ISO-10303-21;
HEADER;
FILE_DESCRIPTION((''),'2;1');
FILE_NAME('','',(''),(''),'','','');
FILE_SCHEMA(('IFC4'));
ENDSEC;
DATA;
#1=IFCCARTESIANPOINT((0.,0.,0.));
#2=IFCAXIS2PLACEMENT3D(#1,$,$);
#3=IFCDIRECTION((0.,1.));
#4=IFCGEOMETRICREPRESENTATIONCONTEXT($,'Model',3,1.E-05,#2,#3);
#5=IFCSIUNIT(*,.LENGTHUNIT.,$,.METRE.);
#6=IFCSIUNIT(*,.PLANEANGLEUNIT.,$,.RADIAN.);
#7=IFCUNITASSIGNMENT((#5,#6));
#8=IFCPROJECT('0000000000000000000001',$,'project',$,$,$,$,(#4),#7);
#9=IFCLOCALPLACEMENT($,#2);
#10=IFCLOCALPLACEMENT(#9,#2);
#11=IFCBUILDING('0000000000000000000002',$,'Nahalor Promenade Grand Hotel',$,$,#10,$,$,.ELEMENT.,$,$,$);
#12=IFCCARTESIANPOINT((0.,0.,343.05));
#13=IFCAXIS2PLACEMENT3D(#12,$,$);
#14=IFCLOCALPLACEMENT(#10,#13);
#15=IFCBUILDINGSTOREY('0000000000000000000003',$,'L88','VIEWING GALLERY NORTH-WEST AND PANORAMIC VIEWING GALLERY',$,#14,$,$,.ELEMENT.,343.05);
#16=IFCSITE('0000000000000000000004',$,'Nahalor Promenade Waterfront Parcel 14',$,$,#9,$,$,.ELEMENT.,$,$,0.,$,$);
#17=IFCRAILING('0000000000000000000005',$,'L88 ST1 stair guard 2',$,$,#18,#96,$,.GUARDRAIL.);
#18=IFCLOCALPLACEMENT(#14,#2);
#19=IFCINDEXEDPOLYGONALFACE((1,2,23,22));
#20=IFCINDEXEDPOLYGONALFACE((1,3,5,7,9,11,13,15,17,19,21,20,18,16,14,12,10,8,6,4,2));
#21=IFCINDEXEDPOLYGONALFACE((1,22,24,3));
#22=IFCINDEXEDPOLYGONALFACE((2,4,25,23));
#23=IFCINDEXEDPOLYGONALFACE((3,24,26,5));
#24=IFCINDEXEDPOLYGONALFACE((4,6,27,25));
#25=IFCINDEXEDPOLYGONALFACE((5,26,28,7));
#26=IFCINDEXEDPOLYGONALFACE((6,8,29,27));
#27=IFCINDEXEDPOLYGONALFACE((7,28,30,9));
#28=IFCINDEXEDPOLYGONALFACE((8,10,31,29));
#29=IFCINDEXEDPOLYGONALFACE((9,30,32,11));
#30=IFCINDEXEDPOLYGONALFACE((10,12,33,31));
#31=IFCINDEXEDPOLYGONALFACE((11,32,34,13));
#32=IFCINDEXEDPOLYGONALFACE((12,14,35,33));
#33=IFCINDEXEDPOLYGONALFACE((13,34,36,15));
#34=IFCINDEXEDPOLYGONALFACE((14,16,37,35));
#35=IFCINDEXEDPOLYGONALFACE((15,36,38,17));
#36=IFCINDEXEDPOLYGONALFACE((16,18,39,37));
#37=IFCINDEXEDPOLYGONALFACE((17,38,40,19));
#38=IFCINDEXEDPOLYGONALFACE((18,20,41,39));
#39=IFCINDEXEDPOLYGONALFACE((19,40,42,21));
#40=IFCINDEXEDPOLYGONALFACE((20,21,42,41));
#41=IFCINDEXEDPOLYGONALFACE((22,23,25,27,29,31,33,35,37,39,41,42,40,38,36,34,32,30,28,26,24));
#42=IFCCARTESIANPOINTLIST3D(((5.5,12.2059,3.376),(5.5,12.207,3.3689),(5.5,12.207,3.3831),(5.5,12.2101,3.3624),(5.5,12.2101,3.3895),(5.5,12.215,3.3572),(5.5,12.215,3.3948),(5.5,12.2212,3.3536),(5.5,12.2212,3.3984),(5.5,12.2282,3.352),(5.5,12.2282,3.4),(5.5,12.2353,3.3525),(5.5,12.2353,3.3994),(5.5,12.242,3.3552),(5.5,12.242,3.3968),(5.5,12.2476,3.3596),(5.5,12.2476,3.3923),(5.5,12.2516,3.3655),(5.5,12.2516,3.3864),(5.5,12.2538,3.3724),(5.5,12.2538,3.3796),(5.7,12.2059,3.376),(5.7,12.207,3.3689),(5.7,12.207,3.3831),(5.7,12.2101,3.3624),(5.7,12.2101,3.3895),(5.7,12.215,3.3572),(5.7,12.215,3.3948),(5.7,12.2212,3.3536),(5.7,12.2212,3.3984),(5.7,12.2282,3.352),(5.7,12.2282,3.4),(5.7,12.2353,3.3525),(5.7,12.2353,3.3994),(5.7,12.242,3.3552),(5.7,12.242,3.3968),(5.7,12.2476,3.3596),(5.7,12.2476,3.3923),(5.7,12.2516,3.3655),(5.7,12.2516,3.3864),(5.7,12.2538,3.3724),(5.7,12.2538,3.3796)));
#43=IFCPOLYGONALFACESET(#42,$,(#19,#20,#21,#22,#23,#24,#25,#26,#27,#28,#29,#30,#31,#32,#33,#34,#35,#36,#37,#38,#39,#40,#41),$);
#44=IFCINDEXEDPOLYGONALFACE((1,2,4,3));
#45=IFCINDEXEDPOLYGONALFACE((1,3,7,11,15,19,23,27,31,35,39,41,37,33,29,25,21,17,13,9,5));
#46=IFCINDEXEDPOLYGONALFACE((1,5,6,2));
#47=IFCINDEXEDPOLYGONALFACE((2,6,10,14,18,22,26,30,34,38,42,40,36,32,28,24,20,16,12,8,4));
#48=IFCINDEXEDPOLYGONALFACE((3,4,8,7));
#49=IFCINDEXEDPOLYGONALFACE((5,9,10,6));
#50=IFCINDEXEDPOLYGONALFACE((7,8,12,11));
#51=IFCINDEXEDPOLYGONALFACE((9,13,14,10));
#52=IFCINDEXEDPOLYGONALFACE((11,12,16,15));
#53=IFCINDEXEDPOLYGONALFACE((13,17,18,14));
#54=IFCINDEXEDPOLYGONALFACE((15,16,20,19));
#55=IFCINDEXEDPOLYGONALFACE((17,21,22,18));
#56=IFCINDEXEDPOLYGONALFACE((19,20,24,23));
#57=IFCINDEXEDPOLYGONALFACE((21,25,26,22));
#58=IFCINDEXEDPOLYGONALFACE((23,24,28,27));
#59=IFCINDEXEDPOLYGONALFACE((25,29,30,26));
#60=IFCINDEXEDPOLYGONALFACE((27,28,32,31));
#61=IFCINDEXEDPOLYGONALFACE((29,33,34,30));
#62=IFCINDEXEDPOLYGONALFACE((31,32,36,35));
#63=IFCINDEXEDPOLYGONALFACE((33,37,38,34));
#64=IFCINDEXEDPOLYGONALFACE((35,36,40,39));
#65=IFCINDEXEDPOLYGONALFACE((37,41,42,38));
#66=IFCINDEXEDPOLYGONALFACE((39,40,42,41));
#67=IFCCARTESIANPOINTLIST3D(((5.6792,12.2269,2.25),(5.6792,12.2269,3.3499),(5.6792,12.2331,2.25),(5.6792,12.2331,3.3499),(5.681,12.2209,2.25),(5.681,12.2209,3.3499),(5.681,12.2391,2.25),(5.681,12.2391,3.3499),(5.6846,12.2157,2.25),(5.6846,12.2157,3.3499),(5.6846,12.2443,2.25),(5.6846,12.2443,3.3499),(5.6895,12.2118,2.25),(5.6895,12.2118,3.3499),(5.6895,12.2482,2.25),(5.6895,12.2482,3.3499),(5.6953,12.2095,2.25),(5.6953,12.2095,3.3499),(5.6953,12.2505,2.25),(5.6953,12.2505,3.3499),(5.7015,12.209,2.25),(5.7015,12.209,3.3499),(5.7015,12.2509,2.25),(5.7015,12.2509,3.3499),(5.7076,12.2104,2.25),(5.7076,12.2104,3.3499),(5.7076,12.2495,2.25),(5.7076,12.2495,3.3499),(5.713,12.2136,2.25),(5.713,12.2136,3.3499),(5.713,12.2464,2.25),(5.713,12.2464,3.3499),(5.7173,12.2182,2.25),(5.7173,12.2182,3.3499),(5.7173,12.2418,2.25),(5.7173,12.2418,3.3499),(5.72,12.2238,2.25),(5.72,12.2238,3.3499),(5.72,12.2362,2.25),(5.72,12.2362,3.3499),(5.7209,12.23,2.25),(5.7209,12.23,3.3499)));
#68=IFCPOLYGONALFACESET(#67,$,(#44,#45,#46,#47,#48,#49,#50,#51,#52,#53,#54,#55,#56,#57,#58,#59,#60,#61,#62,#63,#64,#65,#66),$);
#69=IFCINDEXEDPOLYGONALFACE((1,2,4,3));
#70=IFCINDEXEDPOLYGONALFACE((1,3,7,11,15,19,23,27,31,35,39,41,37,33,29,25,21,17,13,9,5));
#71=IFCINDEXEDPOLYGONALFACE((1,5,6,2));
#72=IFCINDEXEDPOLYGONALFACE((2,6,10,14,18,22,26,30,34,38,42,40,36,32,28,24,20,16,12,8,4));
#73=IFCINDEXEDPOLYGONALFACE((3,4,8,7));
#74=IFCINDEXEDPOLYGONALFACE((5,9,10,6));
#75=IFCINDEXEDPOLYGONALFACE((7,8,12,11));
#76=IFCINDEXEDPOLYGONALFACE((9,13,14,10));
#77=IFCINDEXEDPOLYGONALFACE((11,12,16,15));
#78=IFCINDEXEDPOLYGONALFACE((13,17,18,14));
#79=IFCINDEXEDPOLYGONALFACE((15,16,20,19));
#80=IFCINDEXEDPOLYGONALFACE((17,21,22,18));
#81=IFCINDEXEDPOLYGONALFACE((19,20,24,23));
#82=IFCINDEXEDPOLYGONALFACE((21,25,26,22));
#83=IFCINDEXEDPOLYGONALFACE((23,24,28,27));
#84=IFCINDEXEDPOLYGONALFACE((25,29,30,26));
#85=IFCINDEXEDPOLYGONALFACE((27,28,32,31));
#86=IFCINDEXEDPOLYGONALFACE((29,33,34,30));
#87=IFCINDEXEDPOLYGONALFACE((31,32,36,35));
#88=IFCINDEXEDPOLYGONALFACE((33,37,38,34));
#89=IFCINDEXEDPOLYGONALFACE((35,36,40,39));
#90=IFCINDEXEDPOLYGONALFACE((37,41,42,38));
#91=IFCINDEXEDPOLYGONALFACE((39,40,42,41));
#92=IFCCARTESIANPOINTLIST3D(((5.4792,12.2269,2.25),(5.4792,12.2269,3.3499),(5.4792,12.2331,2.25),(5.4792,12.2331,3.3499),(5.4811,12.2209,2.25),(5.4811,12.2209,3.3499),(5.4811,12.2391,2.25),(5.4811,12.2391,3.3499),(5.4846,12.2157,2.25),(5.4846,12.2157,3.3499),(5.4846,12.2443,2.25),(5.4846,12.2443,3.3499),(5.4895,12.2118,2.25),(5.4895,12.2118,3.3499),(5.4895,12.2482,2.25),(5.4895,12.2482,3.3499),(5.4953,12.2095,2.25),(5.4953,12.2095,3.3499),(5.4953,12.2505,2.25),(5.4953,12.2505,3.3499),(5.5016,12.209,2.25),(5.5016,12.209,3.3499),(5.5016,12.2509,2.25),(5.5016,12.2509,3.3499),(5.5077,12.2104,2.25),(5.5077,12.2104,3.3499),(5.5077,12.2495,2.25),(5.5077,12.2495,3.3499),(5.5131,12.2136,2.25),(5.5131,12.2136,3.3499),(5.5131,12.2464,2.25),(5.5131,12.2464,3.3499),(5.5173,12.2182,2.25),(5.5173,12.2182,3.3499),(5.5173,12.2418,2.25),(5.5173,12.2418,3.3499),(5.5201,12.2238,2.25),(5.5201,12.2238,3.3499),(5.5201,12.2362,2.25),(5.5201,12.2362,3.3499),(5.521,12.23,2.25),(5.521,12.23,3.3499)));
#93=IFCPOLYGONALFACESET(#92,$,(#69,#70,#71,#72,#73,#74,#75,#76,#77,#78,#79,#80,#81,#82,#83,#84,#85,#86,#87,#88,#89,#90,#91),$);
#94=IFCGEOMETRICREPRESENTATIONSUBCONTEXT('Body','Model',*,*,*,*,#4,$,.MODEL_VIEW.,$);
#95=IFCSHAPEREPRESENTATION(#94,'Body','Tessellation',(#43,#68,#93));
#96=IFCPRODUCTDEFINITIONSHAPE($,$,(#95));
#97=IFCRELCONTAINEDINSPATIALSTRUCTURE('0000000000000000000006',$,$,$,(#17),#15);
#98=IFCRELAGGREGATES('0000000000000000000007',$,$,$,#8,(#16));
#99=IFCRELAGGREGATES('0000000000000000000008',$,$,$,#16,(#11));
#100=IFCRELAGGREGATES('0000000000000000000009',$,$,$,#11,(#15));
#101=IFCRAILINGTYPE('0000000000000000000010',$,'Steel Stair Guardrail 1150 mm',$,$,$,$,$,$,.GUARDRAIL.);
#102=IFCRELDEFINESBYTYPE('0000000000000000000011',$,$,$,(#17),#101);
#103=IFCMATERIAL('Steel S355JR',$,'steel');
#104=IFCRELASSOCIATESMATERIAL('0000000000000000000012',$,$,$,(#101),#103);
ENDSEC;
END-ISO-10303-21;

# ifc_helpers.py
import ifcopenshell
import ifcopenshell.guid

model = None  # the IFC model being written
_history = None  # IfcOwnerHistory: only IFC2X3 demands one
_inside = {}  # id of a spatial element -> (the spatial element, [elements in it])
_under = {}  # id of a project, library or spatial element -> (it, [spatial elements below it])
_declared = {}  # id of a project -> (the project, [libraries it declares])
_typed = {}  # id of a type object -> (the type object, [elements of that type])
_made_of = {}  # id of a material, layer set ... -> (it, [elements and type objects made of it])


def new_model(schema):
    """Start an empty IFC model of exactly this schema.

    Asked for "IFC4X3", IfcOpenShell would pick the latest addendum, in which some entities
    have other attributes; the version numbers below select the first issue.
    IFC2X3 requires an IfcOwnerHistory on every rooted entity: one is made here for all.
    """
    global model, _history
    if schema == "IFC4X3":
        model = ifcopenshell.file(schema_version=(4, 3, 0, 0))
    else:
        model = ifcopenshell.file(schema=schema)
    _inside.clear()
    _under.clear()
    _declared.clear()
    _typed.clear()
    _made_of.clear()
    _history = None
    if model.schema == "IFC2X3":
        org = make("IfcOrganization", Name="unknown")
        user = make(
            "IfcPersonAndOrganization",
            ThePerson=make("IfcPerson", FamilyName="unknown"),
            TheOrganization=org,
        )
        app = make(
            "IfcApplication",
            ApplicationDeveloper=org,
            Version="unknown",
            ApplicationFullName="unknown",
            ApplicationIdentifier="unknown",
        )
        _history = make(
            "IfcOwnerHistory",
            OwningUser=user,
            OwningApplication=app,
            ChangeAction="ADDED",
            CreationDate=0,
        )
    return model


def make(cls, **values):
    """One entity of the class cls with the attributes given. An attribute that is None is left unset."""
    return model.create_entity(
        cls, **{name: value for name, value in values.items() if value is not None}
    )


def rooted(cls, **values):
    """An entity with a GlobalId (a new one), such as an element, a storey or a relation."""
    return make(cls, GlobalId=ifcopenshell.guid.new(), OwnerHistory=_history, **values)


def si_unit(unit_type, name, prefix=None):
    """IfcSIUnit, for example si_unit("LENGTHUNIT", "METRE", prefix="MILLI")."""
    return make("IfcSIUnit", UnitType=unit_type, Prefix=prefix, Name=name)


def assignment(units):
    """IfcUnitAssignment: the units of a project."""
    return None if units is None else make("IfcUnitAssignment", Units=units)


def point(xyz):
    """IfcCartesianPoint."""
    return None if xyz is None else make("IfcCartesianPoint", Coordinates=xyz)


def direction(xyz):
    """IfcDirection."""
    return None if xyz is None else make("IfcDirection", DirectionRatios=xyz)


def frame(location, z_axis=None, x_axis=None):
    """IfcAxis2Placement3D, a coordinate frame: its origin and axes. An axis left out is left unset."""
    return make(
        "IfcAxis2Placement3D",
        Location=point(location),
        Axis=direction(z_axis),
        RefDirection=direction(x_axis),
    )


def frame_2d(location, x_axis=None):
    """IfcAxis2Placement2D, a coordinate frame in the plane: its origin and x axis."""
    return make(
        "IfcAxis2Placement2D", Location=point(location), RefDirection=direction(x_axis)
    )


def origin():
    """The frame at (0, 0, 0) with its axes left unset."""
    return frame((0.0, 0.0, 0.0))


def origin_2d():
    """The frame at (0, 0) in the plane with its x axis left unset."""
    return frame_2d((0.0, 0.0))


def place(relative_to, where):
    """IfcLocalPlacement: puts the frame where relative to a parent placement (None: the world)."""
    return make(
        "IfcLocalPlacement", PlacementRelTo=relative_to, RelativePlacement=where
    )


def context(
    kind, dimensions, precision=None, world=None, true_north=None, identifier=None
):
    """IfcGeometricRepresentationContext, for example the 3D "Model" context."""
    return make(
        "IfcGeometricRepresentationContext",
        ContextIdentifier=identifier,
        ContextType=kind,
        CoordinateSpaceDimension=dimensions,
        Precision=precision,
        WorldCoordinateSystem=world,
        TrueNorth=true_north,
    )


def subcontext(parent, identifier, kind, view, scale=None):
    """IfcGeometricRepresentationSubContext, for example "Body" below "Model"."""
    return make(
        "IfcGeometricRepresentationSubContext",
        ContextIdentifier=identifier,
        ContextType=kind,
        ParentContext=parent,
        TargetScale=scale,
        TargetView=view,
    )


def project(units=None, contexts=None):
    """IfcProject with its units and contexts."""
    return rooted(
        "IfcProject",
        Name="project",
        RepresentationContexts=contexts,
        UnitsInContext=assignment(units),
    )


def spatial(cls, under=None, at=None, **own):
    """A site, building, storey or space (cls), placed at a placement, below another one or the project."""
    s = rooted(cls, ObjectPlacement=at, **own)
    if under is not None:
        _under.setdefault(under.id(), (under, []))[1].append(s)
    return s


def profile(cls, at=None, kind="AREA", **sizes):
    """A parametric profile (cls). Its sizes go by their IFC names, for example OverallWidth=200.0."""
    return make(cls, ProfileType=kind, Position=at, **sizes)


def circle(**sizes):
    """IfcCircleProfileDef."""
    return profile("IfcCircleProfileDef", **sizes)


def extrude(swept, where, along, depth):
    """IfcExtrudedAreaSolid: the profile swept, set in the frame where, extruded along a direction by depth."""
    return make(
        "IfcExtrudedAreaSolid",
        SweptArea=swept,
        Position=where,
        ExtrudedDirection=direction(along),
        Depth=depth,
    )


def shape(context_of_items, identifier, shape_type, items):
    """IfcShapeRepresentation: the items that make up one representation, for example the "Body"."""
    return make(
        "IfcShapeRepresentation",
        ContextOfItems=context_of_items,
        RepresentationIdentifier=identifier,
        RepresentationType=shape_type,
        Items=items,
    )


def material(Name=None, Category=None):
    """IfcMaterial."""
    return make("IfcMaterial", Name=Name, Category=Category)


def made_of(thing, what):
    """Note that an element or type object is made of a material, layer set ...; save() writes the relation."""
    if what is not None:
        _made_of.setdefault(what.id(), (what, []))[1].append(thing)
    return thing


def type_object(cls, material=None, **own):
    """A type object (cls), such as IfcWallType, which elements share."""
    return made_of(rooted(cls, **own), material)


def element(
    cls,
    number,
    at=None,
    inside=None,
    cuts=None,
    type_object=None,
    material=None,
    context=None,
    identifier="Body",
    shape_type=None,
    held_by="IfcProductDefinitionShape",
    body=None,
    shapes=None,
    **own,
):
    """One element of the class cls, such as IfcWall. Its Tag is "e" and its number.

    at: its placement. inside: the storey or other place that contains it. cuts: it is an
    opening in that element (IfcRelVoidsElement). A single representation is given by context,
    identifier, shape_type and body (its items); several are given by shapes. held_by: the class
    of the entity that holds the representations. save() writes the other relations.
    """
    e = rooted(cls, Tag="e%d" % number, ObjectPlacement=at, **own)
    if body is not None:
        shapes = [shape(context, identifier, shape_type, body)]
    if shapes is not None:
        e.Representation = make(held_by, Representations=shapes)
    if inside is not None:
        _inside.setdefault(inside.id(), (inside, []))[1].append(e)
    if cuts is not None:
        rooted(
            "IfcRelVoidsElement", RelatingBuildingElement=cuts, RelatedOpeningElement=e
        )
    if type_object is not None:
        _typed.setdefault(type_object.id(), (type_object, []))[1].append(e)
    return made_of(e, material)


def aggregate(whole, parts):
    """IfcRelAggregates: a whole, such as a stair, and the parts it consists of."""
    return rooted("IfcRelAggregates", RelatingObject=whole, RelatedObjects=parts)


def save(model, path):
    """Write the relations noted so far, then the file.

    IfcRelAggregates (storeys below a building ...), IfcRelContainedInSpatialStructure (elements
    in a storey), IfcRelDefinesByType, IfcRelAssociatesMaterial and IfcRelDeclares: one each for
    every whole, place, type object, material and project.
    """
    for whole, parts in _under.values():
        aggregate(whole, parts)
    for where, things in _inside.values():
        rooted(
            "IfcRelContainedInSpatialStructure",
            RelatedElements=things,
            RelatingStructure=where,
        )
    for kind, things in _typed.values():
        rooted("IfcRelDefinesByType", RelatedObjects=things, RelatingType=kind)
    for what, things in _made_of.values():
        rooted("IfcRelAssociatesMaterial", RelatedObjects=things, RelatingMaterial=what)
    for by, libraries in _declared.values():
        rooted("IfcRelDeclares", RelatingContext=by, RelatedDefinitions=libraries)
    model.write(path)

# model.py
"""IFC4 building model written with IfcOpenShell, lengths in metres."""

from ifc_helpers import new_model, si_unit, direction, frame, origin, origin_2d, place, context, subcontext, project, spatial, circle, extrude, material, type_object, element, save


model = new_model("IFC4")

# Units and contexts
model_context = context("Model", 3, precision=1e-05, world=origin(), true_north=direction((0.0, 1.0)))
body_context = subcontext(model_context, "Body", "Model", "MODEL_VIEW")
ifc_project = project(units=[si_unit("LENGTHUNIT", "METRE"), si_unit("PLANEANGLEUNIT", "RADIAN")], contexts=[model_context])

# Site, building, storey
site_placement = place(None, origin())
site = spatial("IfcSite", under=ifc_project, at=site_placement, Name="Nahalor Promenade Waterfront Parcel 14", CompositionType="ELEMENT", RefElevation=0.0)
building_placement = place(site_placement, origin())
building = spatial("IfcBuilding", under=site, at=building_placement, Name="Nahalor Promenade Grand Hotel", CompositionType="ELEMENT")
storey_placement = place(building_placement, frame((0.0, 0.0, 343.05)))
storey = spatial("IfcBuildingStorey", under=building, at=storey_placement, Name="L88", Description="VIEWING GALLERY NORTH-WEST AND PANORAMIC VIEWING GALLERY", CompositionType="ELEMENT", Elevation=343.05)

# Shared definitions
ifc_material_1 = material(Name="Steel S355JR", Category="steel")

# Railing
railing_type_1 = type_object("IfcRailingType", Name="Steel Stair Guardrail 1150 mm", PredefinedType="GUARDRAIL", material=ifc_material_1)
railing_1_placement = place(storey_placement, frame((5.7, 12.23, 2.25)))
element("IfcRailing", 1, at=railing_1_placement, inside=storey, type_object=railing_type_1, Name="L88 ST1 stair guard 2", PredefinedType="GUARDRAIL", context=body_context, shape_type="SweptSolid", body=[
    extrude(circle(Radius=0.024, at=origin_2d()), frame((0.0, 0.0, 1.126), z_axis=(-1.0, 0.0, 0.0), x_axis=(0.0, -1.0, 0.0)), (0.0, 0.0, 1.0), 0.2),
    extrude(circle(Radius=0.021, at=origin_2d()), origin(), (0.0, 0.0, 1.0), 1.0999),
    extrude(circle(Radius=0.021, at=origin_2d()), frame((-0.2, 0.0, 0.0)), (0.0, 0.0, 1.0), 1.0999),
])

save(model, "model.ifc")
